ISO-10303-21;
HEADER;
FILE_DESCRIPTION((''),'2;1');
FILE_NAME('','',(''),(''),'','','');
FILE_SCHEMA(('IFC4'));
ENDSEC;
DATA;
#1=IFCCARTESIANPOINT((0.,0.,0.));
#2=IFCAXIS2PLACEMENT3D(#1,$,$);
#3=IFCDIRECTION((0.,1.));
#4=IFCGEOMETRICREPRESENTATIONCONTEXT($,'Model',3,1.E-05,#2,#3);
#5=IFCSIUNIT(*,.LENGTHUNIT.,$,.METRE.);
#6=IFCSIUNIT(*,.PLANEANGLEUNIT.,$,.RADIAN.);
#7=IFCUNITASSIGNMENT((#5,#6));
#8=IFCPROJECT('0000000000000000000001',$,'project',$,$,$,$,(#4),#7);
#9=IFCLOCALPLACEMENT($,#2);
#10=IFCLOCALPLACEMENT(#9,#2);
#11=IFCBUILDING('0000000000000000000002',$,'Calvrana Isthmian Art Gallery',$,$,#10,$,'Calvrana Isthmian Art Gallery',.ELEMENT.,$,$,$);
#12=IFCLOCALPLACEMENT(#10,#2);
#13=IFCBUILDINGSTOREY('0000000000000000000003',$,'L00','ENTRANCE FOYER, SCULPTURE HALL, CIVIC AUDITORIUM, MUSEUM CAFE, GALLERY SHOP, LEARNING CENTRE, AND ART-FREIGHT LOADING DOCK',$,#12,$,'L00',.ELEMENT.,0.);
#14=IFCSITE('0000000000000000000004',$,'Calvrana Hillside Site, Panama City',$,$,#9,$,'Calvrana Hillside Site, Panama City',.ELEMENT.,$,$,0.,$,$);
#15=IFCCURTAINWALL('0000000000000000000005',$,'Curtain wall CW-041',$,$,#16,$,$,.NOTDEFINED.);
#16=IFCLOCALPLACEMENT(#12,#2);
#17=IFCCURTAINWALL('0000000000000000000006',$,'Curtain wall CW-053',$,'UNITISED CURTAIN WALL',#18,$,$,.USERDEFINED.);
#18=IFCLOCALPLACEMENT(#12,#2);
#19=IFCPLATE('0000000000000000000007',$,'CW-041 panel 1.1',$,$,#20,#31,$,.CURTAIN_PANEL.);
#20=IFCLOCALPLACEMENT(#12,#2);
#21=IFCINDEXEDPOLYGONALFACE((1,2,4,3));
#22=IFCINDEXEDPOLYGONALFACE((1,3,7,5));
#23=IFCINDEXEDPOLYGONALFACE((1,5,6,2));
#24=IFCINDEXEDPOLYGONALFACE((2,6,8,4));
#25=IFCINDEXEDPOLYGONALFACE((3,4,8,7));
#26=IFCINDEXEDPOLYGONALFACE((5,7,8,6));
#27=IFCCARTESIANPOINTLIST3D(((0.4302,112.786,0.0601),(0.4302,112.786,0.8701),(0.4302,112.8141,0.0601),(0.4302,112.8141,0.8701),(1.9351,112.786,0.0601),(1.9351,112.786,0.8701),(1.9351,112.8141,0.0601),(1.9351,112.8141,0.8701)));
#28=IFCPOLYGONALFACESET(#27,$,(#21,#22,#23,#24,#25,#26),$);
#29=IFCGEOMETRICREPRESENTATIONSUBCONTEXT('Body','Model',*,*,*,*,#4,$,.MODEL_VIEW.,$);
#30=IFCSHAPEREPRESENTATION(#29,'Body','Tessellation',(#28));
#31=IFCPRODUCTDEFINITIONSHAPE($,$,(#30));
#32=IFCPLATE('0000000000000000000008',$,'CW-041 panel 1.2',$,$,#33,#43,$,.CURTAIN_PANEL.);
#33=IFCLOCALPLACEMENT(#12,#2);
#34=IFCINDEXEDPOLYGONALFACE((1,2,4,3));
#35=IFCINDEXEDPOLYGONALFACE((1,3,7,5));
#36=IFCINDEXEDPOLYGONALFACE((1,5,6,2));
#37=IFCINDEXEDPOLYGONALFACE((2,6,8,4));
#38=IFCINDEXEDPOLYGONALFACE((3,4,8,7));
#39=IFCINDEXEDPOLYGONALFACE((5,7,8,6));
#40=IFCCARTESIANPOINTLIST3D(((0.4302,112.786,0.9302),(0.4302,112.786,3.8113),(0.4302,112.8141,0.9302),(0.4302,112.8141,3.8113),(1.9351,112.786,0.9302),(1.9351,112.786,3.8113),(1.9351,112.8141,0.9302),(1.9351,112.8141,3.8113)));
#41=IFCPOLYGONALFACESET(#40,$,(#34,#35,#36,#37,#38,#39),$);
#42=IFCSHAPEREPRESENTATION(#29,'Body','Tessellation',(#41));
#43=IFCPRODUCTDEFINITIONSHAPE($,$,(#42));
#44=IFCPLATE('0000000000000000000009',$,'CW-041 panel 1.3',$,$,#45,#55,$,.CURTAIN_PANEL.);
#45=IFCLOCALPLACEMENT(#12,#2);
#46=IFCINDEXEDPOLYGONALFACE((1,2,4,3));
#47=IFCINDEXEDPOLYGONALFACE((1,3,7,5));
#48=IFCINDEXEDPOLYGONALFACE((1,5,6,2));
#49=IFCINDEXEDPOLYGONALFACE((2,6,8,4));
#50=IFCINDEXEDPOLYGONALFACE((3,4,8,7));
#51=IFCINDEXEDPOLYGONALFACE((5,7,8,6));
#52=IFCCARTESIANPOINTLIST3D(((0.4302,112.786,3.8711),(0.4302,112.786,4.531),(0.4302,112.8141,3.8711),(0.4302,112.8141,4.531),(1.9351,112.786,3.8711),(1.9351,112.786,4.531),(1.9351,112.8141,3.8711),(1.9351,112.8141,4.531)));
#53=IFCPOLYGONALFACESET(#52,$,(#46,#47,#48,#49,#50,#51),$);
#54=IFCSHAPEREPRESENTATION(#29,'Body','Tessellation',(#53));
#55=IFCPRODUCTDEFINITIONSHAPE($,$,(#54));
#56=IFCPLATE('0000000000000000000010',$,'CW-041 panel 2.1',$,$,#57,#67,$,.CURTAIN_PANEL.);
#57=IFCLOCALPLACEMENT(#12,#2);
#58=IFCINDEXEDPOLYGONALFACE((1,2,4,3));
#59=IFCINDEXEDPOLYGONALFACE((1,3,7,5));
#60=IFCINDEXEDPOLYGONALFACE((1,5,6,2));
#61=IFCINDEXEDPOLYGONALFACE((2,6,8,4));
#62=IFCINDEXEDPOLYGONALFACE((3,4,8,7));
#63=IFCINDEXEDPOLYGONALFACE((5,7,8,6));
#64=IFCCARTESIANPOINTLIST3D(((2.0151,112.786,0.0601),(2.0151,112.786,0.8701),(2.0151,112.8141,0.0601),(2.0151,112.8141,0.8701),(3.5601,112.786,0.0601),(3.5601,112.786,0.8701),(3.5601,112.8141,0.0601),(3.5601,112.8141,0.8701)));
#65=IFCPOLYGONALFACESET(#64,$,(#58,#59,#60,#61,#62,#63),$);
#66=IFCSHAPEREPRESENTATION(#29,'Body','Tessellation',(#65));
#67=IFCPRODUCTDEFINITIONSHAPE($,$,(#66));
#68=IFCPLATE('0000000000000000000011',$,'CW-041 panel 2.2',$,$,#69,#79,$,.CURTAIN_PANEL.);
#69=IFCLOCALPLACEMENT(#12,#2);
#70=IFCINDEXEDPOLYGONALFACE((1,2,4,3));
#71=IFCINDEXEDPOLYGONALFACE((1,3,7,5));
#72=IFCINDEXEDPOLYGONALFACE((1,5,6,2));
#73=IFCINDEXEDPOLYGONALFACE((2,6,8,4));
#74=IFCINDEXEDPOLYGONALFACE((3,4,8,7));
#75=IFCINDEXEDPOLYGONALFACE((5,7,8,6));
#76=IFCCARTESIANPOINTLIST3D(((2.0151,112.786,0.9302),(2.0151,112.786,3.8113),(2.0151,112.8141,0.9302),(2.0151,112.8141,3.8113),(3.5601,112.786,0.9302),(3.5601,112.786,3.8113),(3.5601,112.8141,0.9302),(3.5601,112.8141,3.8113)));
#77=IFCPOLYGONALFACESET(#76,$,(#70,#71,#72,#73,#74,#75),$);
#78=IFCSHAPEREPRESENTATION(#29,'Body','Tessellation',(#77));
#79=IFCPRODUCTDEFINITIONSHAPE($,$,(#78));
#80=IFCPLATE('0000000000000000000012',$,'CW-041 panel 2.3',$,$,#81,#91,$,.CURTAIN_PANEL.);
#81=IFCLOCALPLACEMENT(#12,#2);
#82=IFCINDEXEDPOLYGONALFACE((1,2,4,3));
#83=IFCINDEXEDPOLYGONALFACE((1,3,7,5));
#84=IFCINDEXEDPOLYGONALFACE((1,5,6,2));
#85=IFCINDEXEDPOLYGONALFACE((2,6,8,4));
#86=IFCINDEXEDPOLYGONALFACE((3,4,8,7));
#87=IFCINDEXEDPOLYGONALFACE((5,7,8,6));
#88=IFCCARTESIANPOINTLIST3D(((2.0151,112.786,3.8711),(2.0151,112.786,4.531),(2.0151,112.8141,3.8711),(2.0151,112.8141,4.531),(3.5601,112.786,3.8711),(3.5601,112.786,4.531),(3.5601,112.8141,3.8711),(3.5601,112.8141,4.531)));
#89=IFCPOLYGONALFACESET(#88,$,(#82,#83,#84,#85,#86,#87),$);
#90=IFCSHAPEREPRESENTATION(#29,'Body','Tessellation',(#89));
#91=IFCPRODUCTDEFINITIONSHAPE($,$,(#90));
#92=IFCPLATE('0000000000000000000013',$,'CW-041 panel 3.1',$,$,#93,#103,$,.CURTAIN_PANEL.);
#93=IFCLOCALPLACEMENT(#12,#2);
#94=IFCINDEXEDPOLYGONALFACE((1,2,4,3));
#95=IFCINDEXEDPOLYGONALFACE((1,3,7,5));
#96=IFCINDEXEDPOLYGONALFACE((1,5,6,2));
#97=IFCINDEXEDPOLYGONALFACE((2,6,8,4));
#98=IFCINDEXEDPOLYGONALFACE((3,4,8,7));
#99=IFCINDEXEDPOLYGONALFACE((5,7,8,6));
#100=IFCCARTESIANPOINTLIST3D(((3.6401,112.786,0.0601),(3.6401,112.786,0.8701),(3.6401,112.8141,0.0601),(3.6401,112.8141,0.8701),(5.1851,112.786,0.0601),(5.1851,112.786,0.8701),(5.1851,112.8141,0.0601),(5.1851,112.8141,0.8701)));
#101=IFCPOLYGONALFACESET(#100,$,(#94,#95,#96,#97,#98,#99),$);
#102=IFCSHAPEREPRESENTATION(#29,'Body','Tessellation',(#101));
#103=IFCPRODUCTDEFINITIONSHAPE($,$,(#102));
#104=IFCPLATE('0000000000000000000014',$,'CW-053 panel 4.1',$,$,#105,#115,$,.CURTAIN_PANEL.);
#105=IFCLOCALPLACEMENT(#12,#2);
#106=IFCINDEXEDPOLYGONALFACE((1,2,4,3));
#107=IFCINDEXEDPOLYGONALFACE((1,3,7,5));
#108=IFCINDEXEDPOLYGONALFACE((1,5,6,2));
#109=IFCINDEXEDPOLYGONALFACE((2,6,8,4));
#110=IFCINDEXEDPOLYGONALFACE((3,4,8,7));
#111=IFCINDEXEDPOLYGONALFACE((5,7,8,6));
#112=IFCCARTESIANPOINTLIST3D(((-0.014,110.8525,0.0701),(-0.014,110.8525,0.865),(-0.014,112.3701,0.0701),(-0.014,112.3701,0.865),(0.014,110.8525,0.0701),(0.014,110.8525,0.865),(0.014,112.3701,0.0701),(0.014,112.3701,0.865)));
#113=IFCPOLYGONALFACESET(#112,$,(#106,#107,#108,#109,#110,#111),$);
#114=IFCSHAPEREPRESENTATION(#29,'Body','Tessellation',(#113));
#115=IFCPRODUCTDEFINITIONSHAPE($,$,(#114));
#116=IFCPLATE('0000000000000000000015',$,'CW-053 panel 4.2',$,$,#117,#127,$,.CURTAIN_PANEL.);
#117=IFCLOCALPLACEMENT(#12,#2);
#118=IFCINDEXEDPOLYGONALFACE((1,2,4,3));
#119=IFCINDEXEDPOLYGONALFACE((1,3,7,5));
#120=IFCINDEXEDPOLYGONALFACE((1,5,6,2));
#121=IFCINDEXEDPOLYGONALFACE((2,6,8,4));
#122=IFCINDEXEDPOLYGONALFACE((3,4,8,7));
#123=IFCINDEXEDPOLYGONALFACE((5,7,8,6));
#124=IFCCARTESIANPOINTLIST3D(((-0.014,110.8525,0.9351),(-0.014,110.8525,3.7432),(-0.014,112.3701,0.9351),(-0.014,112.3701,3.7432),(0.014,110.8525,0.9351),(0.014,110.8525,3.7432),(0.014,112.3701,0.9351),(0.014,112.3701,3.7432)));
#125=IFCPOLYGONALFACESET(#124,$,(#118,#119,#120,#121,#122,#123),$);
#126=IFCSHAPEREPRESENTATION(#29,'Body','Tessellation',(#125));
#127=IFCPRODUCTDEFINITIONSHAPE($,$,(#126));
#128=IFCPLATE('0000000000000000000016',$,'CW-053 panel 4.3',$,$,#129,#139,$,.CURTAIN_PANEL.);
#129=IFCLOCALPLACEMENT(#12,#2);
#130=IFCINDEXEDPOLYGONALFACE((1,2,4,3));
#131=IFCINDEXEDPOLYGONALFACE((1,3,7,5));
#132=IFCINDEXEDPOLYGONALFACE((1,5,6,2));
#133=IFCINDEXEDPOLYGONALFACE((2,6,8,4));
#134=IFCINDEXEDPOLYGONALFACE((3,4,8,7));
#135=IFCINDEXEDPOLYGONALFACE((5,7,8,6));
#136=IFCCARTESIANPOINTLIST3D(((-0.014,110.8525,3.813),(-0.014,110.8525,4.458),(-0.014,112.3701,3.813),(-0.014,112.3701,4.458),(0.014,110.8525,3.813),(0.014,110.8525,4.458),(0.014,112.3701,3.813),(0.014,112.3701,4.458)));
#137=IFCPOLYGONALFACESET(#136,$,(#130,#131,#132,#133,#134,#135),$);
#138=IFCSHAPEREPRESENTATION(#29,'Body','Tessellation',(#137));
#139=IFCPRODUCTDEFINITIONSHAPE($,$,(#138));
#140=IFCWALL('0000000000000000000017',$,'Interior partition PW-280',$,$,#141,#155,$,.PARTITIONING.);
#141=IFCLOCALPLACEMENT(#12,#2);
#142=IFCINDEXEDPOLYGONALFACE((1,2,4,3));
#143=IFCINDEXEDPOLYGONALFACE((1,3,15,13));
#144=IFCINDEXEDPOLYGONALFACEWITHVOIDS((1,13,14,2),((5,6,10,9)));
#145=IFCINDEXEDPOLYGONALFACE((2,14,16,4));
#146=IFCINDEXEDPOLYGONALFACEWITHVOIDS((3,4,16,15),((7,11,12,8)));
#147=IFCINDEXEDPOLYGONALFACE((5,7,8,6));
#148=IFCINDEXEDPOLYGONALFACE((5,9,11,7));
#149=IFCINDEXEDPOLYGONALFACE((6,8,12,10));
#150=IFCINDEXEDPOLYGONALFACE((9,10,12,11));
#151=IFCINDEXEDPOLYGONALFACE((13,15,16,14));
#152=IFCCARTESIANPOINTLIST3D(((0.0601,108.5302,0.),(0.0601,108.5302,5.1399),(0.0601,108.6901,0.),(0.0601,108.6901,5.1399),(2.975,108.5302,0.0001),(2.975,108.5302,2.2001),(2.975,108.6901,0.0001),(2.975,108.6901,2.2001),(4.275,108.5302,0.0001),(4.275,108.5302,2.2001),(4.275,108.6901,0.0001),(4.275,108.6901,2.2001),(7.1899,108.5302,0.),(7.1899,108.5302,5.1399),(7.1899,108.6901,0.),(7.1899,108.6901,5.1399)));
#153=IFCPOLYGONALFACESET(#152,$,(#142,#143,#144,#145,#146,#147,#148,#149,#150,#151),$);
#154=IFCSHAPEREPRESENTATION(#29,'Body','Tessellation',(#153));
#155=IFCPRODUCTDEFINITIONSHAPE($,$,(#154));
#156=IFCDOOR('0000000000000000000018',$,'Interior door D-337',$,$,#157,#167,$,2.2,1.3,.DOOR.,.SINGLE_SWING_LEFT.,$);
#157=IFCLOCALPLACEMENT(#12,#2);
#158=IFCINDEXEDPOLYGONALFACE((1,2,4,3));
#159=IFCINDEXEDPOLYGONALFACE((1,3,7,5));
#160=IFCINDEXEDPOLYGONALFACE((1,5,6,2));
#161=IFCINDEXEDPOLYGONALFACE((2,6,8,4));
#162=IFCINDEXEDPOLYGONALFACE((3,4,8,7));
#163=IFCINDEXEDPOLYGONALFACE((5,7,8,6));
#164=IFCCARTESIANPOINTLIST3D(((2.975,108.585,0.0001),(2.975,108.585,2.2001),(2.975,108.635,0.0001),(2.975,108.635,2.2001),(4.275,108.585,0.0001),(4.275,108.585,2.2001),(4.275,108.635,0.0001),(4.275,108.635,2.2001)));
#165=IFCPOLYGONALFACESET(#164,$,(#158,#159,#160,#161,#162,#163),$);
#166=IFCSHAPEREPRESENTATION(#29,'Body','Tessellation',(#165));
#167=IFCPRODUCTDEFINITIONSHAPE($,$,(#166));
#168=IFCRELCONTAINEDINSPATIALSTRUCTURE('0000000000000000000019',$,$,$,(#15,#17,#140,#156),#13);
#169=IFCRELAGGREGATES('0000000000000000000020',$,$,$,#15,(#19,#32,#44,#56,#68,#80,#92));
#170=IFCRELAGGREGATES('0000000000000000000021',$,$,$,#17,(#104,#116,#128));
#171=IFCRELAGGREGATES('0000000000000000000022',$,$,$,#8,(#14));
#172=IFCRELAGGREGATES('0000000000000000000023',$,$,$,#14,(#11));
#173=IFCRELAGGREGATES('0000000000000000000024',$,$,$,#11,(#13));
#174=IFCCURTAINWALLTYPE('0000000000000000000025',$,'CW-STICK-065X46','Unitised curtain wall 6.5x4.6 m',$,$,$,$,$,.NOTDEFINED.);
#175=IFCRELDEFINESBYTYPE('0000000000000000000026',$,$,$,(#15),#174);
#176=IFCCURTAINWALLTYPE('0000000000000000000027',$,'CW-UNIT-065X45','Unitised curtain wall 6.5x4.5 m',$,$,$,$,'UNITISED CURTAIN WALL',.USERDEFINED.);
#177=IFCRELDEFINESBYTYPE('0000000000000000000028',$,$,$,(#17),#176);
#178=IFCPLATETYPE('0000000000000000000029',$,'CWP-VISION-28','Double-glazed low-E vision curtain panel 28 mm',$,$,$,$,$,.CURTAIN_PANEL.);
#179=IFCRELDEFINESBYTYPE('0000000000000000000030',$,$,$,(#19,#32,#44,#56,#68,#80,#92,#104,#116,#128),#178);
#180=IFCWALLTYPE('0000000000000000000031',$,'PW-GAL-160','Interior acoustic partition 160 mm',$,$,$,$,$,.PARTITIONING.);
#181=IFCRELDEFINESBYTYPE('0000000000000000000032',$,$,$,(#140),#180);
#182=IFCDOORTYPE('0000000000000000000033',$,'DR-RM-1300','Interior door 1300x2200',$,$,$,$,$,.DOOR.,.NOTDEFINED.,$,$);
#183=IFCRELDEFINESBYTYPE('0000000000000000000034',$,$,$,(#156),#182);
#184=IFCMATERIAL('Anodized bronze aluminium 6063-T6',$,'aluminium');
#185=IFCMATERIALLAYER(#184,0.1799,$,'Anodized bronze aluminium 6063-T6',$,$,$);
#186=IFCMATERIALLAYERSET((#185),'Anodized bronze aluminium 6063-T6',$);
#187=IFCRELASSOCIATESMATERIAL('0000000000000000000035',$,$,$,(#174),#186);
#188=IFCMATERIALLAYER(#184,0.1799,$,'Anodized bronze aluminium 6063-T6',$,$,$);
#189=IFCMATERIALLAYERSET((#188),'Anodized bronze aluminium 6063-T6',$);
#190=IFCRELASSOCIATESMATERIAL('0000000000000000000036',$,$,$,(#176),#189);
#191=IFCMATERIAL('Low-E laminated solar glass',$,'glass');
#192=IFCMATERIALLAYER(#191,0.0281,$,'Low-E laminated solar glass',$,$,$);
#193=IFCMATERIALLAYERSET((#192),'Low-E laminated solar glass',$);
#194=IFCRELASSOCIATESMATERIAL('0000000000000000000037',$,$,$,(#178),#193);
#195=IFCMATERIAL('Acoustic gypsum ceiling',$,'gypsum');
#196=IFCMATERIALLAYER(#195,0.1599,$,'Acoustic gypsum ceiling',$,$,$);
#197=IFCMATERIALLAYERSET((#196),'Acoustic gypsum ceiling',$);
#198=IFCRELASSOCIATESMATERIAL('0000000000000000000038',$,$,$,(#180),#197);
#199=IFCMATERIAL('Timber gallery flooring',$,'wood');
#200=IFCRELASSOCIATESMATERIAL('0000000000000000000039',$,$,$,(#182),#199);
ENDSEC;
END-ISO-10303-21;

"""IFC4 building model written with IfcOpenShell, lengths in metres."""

from ifc_helpers import new_model, si_unit, direction, frame, frame_2d, origin, origin_2d, place, context, subcontext, project, spatial, rectangle, extrude, material, layer, layer_set, type_object, element, fill, aggregate, save


model = new_model("IFC4")

# Units and contexts
model_context = context("Model", 3, precision=1e-05, world=origin(), true_north=direction((0.0, 1.0)))
body_context = subcontext(model_context, "Body", "Model", "MODEL_VIEW")
ifc_project = project(units=[si_unit("LENGTHUNIT", "METRE"), si_unit("PLANEANGLEUNIT", "RADIAN")], contexts=[model_context])

# Site, building, storey
site_placement = place(None, origin())
site = spatial("IfcSite", under=ifc_project, at=site_placement, Name="Calvrana Hillside Site, Panama City", LongName="Calvrana Hillside Site, Panama City", CompositionType="ELEMENT", RefElevation=0.0)
building_placement = place(site_placement, origin())
building = spatial("IfcBuilding", under=site, at=building_placement, Name="Calvrana Isthmian Art Gallery", LongName="Calvrana Isthmian Art Gallery", CompositionType="ELEMENT")
storey_placement = place(building_placement, origin())
storey = spatial("IfcBuildingStorey", under=building, at=storey_placement, Name="L00", Description="ENTRANCE FOYER, SCULPTURE HALL, CIVIC AUDITORIUM, MUSEUM CAFE, GALLERY SHOP, LEARNING CENTRE, AND ART-FREIGHT LOADING DOCK", LongName="L00", CompositionType="ELEMENT", Elevation=0.0)

# Curtain wall
ifc_material_1 = material(Name="Anodized bronze aluminium 6063-T6", Category="aluminium")
ifc_layer_1 = layer(ifc_material_1, 0.1799, Name="Anodized bronze aluminium 6063-T6")
ifc_layer_set_1 = layer_set([ifc_layer_1], Name="Anodized bronze aluminium 6063-T6")
curtain_wall_type_1 = type_object("IfcCurtainWallType", Name="CW-STICK-065X46", Description="Unitised curtain wall 6.5x4.6 m", PredefinedType="NOTDEFINED", material=ifc_layer_set_1)
curtain_wall_1_placement = place(storey_placement, origin())
curtain_wall_1 = element("IfcCurtainWall", 1, at=curtain_wall_1_placement, inside=storey, type_object=curtain_wall_type_1, Name="Curtain wall CW-041", PredefinedType="NOTDEFINED")

# Curtain wall
ifc_layer_2 = layer(ifc_material_1, 0.1799, Name="Anodized bronze aluminium 6063-T6")
ifc_layer_set_2 = layer_set([ifc_layer_2], Name="Anodized bronze aluminium 6063-T6")
curtain_wall_type_2 = type_object("IfcCurtainWallType", Name="CW-UNIT-065X45", Description="Unitised curtain wall 6.5x4.5 m", ElementType="UNITISED CURTAIN WALL", PredefinedType="USERDEFINED", material=ifc_layer_set_2)
curtain_wall_2_placement = place(storey_placement, origin())
curtain_wall_2 = element("IfcCurtainWall", 2, at=curtain_wall_2_placement, inside=storey, type_object=curtain_wall_type_2, Name="Curtain wall CW-053", ObjectType="UNITISED CURTAIN WALL", PredefinedType="USERDEFINED")

# Plates
ifc_material_2 = material(Name="Low-E laminated solar glass", Category="glass")
ifc_layer_3 = layer(ifc_material_2, 0.0281, Name="Low-E laminated solar glass")
ifc_layer_set_3 = layer_set([ifc_layer_3], Name="Low-E laminated solar glass")
plate_type = type_object("IfcPlateType", Name="CWP-VISION-28", Description="Double-glazed low-E vision curtain panel 28 mm", PredefinedType="CURTAIN_PANEL", material=ifc_layer_set_3)
plate_1_placement = place(storey_placement, frame((1.1826, 112.8, 0.0601), z_axis=(0.0, 0.0, 1.0), x_axis=(1.0, 0.0, 0.0)))
plate_1 = element("IfcPlate", 3, at=plate_1_placement, type_object=plate_type, Name="CW-041 panel 1.1", PredefinedType="CURTAIN_PANEL", context=body_context, shape_type="SweptSolid", body=[
    extrude(rectangle(XDim=1.5049, YDim=0.0281, at=origin_2d()), origin(), (0.0, 0.0, 1.0), 0.8101),
])
plate_2_placement = place(storey_placement, frame((1.1826, 112.8, 0.9302), z_axis=(0.0, 0.0, 1.0), x_axis=(1.0, 0.0, 0.0)))
plate_2 = element("IfcPlate", 4, at=plate_2_placement, type_object=plate_type, Name="CW-041 panel 1.2", PredefinedType="CURTAIN_PANEL", context=body_context, shape_type="SweptSolid", body=[
    extrude(rectangle(XDim=1.5049, YDim=0.0281, at=origin_2d()), origin(), (0.0, 0.0, 1.0), 2.8811),
])
plate_3_placement = place(storey_placement, frame((1.1826, 112.8, 3.8711), z_axis=(0.0, 0.0, 1.0), x_axis=(1.0, 0.0, 0.0)))
plate_3 = element("IfcPlate", 5, at=plate_3_placement, type_object=plate_type, Name="CW-041 panel 1.3", PredefinedType="CURTAIN_PANEL", context=body_context, shape_type="SweptSolid", body=[
    extrude(rectangle(XDim=1.5049, YDim=0.0281, at=origin_2d()), origin(), (0.0, 0.0, 1.0), 0.6599),
])
plate_4_placement = place(storey_placement, frame((2.7876, 112.8, 0.0601), z_axis=(0.0, 0.0, 1.0), x_axis=(1.0, 0.0, 0.0)))
plate_4 = element("IfcPlate", 6, at=plate_4_placement, type_object=plate_type, Name="CW-041 panel 2.1", PredefinedType="CURTAIN_PANEL", context=body_context, shape_type="SweptSolid", body=[
    extrude(rectangle(XDim=1.5449, YDim=0.0281, at=origin_2d()), origin(), (0.0, 0.0, 1.0), 0.8101),
])
plate_5_placement = place(storey_placement, frame((2.7876, 112.8, 0.9302), z_axis=(0.0, 0.0, 1.0), x_axis=(1.0, 0.0, 0.0)))
plate_5 = element("IfcPlate", 7, at=plate_5_placement, type_object=plate_type, Name="CW-041 panel 2.2", PredefinedType="CURTAIN_PANEL", context=body_context, shape_type="SweptSolid", body=[
    extrude(rectangle(XDim=1.5449, YDim=0.0281, at=origin_2d()), origin(), (0.0, 0.0, 1.0), 2.8811),
])
plate_6_placement = place(storey_placement, frame((2.7876, 112.8, 3.8711), z_axis=(0.0, 0.0, 1.0), x_axis=(1.0, 0.0, 0.0)))
plate_6 = element("IfcPlate", 8, at=plate_6_placement, type_object=plate_type, Name="CW-041 panel 2.3", PredefinedType="CURTAIN_PANEL", context=body_context, shape_type="SweptSolid", body=[
    extrude(rectangle(XDim=1.5449, YDim=0.0281, at=origin_2d()), origin(), (0.0, 0.0, 1.0), 0.6599),
])
plate_7_placement = place(storey_placement, frame((4.4126, 112.8, 0.0601), z_axis=(0.0, 0.0, 1.0), x_axis=(1.0, 0.0, 0.0)))
plate_7 = element("IfcPlate", 9, at=plate_7_placement, type_object=plate_type, Name="CW-041 panel 3.1", PredefinedType="CURTAIN_PANEL", context=body_context, shape_type="SweptSolid", body=[
    extrude(rectangle(XDim=1.5449, YDim=0.0281, at=origin_2d()), origin(), (0.0, 0.0, 1.0), 0.8101),
])
aggregate(curtain_wall_1, [plate_1, plate_2, plate_3, plate_4, plate_5, plate_6, plate_7])
plate_8_placement = place(storey_placement, frame((0.0, 111.6113, 0.0701), z_axis=(0.0, 0.0, 1.0), x_axis=(0.0, 1.0, 0.0)))
plate_8 = element("IfcPlate", 10, at=plate_8_placement, type_object=plate_type, Name="CW-053 panel 4.1", PredefinedType="CURTAIN_PANEL", context=body_context, shape_type="SweptSolid", body=[
    extrude(rectangle(XDim=1.5176, YDim=0.0281, at=origin_2d()), origin(), (0.0, 0.0, 1.0), 0.7949),
])
plate_9_placement = place(storey_placement, frame((0.0, 111.6113, 0.9351), z_axis=(0.0, 0.0, 1.0), x_axis=(0.0, 1.0, 0.0)))
plate_9 = element("IfcPlate", 11, at=plate_9_placement, type_object=plate_type, Name="CW-053 panel 4.2", PredefinedType="CURTAIN_PANEL", context=body_context, shape_type="SweptSolid", body=[
    extrude(rectangle(XDim=1.5176, YDim=0.0281, at=origin_2d()), origin(), (0.0, 0.0, 1.0), 2.8081),
])
plate_10_placement = place(storey_placement, frame((0.0, 111.6113, 3.813), z_axis=(0.0, 0.0, 1.0), x_axis=(0.0, 1.0, 0.0)))
plate_10 = element("IfcPlate", 12, at=plate_10_placement, type_object=plate_type, Name="CW-053 panel 4.3", PredefinedType="CURTAIN_PANEL", context=body_context, shape_type="SweptSolid", body=[
    extrude(rectangle(XDim=1.5176, YDim=0.0281, at=origin_2d()), origin(), (0.0, 0.0, 1.0), 0.645),
])
aggregate(curtain_wall_2, [plate_8, plate_9, plate_10])

# Wall, opening, door
ifc_material_3 = material(Name="Acoustic gypsum ceiling", Category="gypsum")
ifc_layer_4 = layer(ifc_material_3, 0.1599, Name="Acoustic gypsum ceiling")
ifc_layer_set_4 = layer_set([ifc_layer_4], Name="Acoustic gypsum ceiling")
wall_type = type_object("IfcWallType", Name="PW-GAL-160", Description="Interior acoustic partition 160 mm", PredefinedType="PARTITIONING", material=ifc_layer_set_4)
wall_placement = place(storey_placement, frame((0.0601, 108.6101, 0.0), z_axis=(0.0, 0.0, 1.0), x_axis=(1.0, 0.0, 0.0)))
wall = element("IfcWall", 13, at=wall_placement, inside=storey, type_object=wall_type, Name="Interior partition PW-280", PredefinedType="PARTITIONING", context=body_context, shape_type="SweptSolid", body=[
    extrude(rectangle(XDim=7.1299, YDim=0.1599, at=frame_2d((3.5649, 0.0))), origin(), (0.0, 0.0, 1.0), 5.1399),
])
opening_placement = place(wall_placement, frame((2.915, 0.0, 0.0)))
opening = element("IfcOpeningElement", 14, at=opening_placement, cuts=wall, PredefinedType="OPENING", context=body_context, shape_type="SweptSolid", body=[
    extrude(rectangle(XDim=1.3, YDim=2.2, at=frame_2d((0.6499, 1.1001))), frame((0.0, 0.0903, 0.0), z_axis=(0.0, -1.0, 0.0), x_axis=(1.0, 0.0, 0.0)), (0.0, 0.0, 1.0), 0.1804),
])
ifc_material_4 = material(Name="Timber gallery flooring", Category="wood")
door_type = type_object("IfcDoorType", Name="DR-RM-1300", Description="Interior door 1300x2200", OperationType="NOTDEFINED", PredefinedType="DOOR", material=ifc_material_4)
door_placement = place(opening_placement, origin())
door = element("IfcDoor", 15, at=door_placement, inside=storey, type_object=door_type, Name="Interior door D-337", OperationType="SINGLE_SWING_LEFT", OverallHeight=2.2, OverallWidth=1.3, PredefinedType="DOOR", context=body_context, shape_type="SweptSolid", body=[
    extrude(rectangle(XDim=1.3, YDim=2.2, at=frame_2d((0.6499, 1.1001))), frame((0.0, 0.0249, 0.0), z_axis=(0.0, -1.0, 0.0), x_axis=(1.0, 0.0, 0.0)), (0.0, 0.0, 1.0), 0.05),
])
fill(opening, door)

save(model, "model.ifc")
